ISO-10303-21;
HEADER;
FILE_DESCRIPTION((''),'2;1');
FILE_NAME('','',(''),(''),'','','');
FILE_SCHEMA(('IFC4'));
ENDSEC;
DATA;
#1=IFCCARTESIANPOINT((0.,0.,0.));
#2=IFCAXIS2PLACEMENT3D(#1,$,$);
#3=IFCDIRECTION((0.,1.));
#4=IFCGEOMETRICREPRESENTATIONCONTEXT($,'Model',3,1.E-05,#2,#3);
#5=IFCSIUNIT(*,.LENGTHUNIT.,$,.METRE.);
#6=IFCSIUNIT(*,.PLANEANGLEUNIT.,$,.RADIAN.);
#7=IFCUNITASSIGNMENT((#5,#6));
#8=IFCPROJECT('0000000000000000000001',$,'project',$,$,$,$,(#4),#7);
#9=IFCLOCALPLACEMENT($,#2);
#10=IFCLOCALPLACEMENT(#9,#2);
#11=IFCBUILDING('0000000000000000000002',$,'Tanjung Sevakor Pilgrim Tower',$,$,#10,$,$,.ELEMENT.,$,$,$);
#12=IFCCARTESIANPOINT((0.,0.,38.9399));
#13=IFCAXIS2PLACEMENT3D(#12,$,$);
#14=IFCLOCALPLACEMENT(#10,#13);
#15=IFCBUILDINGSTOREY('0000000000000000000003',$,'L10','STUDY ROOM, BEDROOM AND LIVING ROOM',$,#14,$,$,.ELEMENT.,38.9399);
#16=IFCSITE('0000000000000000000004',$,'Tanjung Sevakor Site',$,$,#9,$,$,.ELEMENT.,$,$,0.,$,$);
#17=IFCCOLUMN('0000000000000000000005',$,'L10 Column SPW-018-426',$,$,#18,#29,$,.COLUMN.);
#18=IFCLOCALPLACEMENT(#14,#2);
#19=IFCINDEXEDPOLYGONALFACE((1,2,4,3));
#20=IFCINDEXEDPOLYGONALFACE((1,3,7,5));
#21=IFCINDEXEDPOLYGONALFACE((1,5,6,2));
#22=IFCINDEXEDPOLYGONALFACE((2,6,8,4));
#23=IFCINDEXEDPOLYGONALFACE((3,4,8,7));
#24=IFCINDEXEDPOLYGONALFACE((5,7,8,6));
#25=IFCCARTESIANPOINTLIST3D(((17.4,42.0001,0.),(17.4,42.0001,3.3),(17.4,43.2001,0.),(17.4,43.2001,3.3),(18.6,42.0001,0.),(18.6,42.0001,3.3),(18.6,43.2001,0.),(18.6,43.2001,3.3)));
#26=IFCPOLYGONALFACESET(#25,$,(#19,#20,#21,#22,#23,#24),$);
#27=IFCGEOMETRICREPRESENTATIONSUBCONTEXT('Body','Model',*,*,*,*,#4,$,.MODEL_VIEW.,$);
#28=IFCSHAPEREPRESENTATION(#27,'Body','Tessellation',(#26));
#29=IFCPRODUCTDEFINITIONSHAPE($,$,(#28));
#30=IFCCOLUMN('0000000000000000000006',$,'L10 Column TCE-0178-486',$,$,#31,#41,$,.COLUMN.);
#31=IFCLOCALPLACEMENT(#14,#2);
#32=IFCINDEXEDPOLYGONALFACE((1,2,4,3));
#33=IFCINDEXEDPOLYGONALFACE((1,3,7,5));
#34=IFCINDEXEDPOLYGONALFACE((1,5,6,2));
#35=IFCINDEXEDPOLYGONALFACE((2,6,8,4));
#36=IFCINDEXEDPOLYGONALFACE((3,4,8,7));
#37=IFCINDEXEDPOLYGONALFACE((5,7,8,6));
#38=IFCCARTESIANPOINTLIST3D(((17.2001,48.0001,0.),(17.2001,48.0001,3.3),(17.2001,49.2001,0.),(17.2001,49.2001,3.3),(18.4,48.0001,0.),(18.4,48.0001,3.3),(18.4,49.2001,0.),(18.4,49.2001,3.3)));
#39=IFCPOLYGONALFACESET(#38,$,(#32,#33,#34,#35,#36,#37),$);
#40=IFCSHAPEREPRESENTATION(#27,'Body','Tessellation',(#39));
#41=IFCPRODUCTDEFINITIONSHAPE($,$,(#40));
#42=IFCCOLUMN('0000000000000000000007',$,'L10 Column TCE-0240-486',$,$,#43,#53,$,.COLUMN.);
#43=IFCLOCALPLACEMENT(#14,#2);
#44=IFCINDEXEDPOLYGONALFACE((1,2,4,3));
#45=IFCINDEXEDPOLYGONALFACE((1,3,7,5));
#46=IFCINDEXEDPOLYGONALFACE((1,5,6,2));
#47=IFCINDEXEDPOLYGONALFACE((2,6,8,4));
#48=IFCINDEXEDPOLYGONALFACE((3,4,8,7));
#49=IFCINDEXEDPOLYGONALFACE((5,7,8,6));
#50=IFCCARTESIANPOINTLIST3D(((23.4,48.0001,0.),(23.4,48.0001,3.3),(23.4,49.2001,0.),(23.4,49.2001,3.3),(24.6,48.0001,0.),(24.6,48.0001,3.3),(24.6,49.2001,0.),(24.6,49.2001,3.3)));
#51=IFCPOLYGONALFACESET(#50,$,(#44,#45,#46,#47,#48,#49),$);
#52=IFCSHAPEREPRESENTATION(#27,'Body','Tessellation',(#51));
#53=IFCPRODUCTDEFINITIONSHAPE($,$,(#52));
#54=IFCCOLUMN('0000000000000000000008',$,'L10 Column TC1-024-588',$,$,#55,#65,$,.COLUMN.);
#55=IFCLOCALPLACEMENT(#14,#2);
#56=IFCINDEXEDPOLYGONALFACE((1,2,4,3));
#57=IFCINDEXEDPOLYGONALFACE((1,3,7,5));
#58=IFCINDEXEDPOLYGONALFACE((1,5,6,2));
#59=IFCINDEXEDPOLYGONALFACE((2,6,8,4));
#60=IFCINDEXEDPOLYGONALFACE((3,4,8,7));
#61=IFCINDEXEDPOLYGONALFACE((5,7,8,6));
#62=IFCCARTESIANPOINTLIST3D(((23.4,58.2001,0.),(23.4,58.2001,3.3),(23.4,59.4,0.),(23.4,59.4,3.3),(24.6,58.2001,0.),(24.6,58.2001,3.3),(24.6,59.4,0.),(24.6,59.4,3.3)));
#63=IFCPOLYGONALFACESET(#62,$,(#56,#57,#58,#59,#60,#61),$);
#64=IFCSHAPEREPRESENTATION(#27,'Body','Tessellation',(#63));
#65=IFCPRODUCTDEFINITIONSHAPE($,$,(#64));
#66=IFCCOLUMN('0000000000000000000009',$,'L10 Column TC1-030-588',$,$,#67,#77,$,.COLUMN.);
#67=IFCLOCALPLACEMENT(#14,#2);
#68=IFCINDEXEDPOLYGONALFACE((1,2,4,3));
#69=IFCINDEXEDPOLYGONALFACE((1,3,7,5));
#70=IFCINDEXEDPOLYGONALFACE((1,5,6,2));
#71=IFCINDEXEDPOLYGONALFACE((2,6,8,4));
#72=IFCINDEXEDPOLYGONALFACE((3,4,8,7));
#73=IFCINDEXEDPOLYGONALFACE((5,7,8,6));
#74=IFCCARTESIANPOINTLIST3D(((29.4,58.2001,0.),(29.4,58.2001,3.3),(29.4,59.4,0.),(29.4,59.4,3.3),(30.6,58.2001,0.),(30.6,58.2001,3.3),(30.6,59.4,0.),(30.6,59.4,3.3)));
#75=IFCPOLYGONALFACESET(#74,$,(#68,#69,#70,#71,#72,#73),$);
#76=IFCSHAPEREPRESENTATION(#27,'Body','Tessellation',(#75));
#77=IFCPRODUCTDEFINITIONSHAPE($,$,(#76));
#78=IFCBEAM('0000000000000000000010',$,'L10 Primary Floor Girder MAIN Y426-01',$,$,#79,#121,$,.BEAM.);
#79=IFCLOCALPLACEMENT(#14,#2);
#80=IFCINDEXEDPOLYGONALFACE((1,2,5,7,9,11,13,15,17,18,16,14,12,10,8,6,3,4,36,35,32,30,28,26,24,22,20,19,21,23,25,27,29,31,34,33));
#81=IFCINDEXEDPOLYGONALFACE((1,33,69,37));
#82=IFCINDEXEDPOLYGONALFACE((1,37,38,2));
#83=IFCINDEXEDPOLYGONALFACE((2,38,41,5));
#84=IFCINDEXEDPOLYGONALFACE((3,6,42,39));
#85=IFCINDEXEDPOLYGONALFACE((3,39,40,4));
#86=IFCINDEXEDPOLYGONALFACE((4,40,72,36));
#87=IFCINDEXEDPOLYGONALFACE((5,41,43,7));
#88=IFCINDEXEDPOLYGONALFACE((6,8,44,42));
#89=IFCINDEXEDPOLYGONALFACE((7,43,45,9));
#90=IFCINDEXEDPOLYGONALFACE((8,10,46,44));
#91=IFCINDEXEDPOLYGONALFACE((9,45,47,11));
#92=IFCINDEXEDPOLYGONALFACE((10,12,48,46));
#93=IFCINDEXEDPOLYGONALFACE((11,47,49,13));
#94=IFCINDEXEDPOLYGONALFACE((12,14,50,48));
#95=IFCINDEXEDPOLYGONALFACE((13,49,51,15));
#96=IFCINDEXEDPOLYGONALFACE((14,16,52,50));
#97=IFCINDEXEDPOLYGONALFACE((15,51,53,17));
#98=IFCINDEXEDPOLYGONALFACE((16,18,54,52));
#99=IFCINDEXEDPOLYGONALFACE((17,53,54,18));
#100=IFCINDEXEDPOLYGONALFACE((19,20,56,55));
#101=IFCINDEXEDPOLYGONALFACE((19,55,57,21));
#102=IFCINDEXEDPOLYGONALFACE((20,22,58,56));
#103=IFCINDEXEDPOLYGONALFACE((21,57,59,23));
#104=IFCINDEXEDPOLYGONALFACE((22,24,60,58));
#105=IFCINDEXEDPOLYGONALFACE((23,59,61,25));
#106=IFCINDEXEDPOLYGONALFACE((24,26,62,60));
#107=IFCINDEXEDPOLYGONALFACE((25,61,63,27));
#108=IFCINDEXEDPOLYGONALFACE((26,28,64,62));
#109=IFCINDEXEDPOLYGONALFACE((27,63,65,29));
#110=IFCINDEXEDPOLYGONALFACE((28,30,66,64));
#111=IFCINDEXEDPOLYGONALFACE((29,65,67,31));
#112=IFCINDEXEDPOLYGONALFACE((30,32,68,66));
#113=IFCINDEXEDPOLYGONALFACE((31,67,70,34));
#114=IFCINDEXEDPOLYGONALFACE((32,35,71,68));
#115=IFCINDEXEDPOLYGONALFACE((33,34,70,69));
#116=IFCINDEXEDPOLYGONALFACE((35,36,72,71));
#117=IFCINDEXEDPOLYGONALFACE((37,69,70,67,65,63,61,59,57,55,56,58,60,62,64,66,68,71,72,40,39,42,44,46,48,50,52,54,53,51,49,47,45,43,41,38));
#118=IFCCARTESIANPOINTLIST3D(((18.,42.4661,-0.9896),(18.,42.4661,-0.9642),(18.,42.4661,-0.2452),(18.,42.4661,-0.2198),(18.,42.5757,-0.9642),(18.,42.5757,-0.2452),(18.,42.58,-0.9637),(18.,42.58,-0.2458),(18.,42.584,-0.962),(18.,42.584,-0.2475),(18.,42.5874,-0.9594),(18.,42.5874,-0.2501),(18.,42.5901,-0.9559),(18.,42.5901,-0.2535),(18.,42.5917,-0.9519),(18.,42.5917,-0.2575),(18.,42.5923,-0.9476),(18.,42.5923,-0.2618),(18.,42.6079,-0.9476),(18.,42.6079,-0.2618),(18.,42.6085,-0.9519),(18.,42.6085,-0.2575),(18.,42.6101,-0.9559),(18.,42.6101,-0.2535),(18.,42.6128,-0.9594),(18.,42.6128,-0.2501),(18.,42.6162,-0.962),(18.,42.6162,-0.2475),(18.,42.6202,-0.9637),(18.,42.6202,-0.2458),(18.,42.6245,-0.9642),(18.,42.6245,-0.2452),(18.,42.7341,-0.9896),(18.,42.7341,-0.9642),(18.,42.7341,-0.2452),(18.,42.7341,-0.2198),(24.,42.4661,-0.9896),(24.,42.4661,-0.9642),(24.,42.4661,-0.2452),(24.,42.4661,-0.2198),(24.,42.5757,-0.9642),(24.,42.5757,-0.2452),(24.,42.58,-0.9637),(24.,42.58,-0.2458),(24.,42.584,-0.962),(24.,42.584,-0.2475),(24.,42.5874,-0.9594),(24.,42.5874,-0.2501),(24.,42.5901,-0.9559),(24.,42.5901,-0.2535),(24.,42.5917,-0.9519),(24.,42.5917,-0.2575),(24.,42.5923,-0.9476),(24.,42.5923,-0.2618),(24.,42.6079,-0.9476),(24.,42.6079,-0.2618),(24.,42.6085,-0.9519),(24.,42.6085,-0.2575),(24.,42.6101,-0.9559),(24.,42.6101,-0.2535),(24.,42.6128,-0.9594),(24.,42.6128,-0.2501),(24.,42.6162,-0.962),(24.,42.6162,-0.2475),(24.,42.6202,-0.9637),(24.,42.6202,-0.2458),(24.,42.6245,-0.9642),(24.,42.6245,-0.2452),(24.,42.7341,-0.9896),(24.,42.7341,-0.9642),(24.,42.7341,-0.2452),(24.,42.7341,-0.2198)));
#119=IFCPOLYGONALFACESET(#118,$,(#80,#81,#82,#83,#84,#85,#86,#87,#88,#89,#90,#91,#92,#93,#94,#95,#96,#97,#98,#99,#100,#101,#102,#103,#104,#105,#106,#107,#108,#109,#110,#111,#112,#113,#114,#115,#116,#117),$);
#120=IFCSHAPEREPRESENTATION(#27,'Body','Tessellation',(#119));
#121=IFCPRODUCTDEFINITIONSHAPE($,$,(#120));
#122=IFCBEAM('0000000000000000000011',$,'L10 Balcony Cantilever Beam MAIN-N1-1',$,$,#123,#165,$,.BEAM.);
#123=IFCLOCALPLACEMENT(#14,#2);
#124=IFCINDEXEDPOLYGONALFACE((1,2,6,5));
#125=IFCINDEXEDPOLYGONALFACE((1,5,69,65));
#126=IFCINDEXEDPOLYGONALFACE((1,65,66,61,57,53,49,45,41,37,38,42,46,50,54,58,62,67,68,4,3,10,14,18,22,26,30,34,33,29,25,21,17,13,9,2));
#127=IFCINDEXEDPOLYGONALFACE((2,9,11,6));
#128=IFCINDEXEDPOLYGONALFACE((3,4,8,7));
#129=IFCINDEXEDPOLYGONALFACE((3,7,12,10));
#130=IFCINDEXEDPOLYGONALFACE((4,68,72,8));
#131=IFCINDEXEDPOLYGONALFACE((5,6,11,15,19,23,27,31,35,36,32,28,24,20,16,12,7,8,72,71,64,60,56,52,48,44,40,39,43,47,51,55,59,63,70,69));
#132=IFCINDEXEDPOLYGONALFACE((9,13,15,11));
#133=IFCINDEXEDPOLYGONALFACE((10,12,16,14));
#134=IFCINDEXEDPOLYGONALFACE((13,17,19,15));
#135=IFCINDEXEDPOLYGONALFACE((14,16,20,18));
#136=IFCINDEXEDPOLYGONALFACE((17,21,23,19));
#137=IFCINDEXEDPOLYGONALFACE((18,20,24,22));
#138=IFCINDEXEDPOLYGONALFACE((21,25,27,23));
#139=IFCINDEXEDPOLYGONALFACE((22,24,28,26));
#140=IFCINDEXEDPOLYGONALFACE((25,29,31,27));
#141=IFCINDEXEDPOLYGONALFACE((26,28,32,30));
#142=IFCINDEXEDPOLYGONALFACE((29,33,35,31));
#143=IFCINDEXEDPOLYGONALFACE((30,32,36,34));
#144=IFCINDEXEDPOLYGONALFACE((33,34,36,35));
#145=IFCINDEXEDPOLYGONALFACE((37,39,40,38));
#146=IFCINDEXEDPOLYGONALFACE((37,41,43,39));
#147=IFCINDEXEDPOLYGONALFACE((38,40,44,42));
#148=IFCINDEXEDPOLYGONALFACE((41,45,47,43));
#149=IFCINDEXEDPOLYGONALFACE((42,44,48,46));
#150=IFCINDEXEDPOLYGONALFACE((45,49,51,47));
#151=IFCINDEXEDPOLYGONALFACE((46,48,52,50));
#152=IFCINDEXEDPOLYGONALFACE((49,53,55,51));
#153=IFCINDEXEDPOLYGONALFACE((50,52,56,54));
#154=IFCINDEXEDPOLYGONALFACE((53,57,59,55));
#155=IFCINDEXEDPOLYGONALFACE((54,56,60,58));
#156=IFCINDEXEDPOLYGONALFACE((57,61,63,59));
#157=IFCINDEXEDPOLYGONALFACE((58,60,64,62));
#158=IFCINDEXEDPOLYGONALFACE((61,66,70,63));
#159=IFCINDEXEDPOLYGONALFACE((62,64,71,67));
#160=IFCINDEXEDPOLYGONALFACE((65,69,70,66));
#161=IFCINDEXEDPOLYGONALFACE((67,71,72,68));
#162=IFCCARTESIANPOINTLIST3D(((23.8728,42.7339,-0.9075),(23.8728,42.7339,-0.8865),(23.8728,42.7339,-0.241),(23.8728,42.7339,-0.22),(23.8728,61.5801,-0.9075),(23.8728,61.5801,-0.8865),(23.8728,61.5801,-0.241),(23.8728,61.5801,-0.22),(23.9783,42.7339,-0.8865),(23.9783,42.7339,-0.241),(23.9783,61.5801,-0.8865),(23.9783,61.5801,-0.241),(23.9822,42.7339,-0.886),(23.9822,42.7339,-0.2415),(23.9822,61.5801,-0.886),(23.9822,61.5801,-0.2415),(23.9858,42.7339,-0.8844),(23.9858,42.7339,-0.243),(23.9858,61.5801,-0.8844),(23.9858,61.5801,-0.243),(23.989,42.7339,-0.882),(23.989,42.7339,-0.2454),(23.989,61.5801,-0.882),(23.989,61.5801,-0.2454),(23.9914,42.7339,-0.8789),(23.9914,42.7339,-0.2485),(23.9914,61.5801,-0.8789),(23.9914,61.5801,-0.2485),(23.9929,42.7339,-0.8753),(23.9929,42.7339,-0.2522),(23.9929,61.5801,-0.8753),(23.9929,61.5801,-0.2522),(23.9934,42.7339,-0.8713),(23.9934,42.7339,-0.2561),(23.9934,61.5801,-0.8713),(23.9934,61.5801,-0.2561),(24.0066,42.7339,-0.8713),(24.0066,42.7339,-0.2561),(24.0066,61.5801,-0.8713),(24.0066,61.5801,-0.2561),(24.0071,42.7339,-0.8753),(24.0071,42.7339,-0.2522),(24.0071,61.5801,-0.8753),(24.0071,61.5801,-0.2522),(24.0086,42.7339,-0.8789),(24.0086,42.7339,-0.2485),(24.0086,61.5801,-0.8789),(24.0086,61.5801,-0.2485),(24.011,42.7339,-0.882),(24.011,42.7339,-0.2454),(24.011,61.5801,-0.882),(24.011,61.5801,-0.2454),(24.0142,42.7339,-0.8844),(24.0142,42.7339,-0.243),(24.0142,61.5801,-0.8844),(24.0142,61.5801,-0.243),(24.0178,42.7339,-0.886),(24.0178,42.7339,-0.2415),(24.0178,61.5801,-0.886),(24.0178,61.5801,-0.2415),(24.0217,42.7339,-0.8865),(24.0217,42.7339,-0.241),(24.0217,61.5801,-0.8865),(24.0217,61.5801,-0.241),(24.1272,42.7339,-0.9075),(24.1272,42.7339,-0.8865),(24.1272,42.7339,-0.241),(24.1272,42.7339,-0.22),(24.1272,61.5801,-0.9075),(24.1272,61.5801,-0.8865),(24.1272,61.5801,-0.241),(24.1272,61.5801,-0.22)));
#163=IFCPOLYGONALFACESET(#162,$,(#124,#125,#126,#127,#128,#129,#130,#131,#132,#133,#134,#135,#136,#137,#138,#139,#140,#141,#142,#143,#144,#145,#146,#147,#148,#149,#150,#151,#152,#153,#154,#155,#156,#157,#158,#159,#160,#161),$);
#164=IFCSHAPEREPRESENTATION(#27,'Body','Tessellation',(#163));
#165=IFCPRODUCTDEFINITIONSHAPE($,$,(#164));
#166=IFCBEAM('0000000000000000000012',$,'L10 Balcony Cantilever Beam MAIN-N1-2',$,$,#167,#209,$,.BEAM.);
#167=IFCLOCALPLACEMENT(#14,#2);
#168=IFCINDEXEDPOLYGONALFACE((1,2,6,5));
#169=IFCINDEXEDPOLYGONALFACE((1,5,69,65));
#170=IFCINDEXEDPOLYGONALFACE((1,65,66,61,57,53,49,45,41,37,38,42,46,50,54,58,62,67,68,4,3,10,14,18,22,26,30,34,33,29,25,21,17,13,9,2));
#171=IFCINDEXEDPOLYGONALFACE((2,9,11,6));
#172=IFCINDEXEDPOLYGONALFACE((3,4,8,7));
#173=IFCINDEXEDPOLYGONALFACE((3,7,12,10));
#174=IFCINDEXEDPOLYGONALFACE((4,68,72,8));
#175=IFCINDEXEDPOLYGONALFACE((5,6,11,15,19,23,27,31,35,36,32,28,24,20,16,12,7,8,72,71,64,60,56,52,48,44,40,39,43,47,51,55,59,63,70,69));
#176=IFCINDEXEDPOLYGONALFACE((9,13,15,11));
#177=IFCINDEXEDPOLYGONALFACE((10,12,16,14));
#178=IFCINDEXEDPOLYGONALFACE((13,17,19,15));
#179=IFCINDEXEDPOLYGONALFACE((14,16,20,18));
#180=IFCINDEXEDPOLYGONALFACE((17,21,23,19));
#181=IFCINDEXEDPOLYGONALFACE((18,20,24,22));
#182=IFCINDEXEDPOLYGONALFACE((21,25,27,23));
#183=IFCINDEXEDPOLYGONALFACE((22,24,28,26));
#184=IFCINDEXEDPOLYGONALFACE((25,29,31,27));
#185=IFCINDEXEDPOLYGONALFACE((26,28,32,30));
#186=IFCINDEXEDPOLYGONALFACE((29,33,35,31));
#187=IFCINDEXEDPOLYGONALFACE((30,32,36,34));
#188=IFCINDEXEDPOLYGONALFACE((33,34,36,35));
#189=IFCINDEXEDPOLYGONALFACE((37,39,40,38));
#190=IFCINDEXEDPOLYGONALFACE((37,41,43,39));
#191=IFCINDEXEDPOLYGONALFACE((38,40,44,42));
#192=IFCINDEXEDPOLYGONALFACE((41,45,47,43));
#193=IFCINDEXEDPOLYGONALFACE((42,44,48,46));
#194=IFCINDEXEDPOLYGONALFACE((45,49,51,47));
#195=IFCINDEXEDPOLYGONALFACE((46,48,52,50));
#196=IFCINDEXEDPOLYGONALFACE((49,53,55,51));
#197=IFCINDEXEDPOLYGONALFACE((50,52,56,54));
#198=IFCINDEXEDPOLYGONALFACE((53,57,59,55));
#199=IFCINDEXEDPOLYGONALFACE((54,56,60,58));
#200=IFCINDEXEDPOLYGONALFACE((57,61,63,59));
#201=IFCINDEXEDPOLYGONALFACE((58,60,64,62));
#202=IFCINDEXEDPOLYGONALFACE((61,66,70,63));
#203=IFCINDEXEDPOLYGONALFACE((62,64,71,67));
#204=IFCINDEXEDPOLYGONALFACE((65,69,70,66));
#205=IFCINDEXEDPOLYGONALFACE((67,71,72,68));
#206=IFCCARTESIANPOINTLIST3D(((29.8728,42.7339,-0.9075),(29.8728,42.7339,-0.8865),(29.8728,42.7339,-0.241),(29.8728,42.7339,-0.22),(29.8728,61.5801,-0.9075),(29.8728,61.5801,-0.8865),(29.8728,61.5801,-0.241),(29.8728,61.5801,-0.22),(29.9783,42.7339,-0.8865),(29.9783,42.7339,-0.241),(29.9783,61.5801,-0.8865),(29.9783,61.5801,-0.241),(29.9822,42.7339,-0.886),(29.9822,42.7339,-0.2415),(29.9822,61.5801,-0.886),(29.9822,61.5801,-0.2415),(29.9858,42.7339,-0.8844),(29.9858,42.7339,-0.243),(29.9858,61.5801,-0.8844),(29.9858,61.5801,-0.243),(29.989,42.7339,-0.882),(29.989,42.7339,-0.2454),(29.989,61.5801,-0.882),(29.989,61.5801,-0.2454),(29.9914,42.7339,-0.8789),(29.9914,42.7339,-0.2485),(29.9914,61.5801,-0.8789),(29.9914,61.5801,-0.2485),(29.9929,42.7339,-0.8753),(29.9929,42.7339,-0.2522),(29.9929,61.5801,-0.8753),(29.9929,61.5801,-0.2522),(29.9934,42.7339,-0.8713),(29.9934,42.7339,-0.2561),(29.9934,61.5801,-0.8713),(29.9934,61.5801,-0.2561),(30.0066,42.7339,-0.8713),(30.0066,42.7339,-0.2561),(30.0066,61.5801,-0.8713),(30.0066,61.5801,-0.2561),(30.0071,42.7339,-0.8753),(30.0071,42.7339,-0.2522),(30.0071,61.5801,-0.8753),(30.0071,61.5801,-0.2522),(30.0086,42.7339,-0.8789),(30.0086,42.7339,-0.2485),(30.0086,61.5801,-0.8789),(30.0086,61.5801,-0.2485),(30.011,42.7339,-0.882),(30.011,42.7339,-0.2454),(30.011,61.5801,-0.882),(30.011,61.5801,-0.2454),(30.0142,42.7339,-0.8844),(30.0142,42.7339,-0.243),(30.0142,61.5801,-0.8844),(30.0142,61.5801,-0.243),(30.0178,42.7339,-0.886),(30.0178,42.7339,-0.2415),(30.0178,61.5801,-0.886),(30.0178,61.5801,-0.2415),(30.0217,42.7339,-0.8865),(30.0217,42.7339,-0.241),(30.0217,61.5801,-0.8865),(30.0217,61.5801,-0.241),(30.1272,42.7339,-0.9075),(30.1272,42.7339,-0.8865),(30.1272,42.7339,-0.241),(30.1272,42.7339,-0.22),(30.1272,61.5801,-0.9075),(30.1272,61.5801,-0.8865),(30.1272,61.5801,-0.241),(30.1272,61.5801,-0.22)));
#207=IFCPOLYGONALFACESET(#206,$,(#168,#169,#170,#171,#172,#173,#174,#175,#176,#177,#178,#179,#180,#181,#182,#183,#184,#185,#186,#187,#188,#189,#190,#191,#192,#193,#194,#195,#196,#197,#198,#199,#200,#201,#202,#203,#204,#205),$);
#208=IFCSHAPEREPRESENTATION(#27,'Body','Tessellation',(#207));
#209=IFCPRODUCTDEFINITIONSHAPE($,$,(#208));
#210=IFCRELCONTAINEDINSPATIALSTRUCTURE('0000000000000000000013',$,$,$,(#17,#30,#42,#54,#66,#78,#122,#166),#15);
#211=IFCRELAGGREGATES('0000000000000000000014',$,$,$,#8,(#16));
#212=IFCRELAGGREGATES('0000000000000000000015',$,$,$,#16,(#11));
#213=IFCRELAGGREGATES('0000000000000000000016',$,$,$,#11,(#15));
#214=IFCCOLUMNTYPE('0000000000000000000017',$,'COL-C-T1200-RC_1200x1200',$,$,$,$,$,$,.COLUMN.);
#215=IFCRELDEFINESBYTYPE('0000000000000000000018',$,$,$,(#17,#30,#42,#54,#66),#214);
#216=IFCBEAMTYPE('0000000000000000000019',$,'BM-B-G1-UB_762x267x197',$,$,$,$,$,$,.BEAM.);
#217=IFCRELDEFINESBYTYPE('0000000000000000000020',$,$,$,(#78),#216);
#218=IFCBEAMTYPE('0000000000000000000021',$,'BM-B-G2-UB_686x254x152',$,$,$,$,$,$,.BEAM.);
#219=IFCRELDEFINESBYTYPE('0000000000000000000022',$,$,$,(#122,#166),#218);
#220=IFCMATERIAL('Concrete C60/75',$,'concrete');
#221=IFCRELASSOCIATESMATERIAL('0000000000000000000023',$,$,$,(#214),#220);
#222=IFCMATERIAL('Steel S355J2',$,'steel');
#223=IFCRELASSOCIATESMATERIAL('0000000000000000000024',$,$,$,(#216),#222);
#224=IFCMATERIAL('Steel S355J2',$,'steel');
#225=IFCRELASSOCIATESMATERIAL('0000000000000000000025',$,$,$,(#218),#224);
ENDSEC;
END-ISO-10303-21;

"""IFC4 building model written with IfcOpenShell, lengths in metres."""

from ifc_helpers import new_model, si_unit, direction, frame, origin, origin_2d, place, context, subcontext, project, spatial, rectangle, i_section, extrude, material, material_profile, profile_set, type_object, element, save


model = new_model("IFC4")

# Units and contexts
model_context = context("Model", 3, precision=1e-05, world=origin(), true_north=direction((0.0, 1.0)))
body_context = subcontext(model_context, "Body", "Model", "MODEL_VIEW")
ifc_project = project(units=[si_unit("LENGTHUNIT", "METRE"), si_unit("PLANEANGLEUNIT", "RADIAN")], contexts=[model_context])

# Site, building, storey
site_placement = place(None, origin())
site = spatial("IfcSite", under=ifc_project, at=site_placement, Name="Tanjung Sevakor Site", CompositionType="ELEMENT", RefElevation=0.0)
building_placement = place(site_placement, origin())
building = spatial("IfcBuilding", under=site, at=building_placement, Name="Tanjung Sevakor Pilgrim Tower", CompositionType="ELEMENT")
storey_placement = place(building_placement, frame((0.0, 0.0, 38.9399)))
storey = spatial("IfcBuildingStorey", under=building, at=storey_placement, Name="L10", Description="STUDY ROOM, BEDROOM AND LIVING ROOM", CompositionType="ELEMENT", Elevation=38.9399)

# Columns
ifc_material_1 = material(Name="Concrete C60/75", Category="concrete")
ifc_material_profile_1 = material_profile(ifc_material_1, rectangle(XDim=1.2, YDim=1.2, at=origin_2d()))
ifc_profile_set_1 = profile_set([ifc_material_profile_1], Name="Concrete C60/75")
column_type = type_object("IfcColumnType", Name="COL-C-T1200-RC_1200x1200", PredefinedType="COLUMN", material=ifc_profile_set_1)
for number, where, z_axis, x_axis, name in (
    (1, (18.0, 42.6001, 0.0), (0.0, 0.0, 1.0), (1.0, 0.0, 0.0), "L10 Column SPW-018-426"),
    (2, (17.8, 48.6001, 0.0), (0.0, 0.0, 1.0), (1.0, 0.0, 0.0), "L10 Column TCE-0178-486"),
    (3, (24.0, 48.6001, 0.0), (0.0, 0.0, 1.0), (1.0, 0.0, 0.0), "L10 Column TCE-0240-486"),
    (4, (24.0, 58.8, 0.0), (0.0, 0.0, 1.0), (1.0, 0.0, 0.0), "L10 Column TC1-024-588"),
    (5, (30.0, 58.8, 0.0), (0.0, 0.0, 1.0), (1.0, 0.0, 0.0), "L10 Column TC1-030-588"),
):
    element("IfcColumn", number, at=place(storey_placement, frame(where, z_axis=z_axis, x_axis=x_axis)), inside=storey, type_object=column_type, Name=name, PredefinedType="COLUMN", context=body_context, shape_type="SweptSolid", body=[
        extrude(rectangle(XDim=1.2, YDim=1.2, at=origin_2d()), origin(), (0.0, 0.0, 1.0), 3.3),
    ])

# Beams
ifc_material_2 = material(Name="Steel S355J2", Category="steel")
ifc_material_profile_2 = material_profile(ifc_material_2, i_section(OverallWidth=0.2681, OverallDepth=0.7698, WebThickness=0.0156, FlangeThickness=0.0254, FilletRadius=0.0166, at=origin_2d()))
ifc_profile_set_2 = profile_set([ifc_material_profile_2], Name="Steel S355J2")
beam_type_1 = type_object("IfcBeamType", Name="BM-B-G1-UB_762x267x197", PredefinedType="BEAM", material=ifc_profile_set_2)
beam_1_placement = place(storey_placement, frame((18.0, 42.6001, -0.6047), z_axis=(1.0, 0.0, 0.0), x_axis=(0.0, 1.0, 0.0)))
element("IfcBeam", 6, at=beam_1_placement, inside=storey, type_object=beam_type_1, Name="L10 Primary Floor Girder MAIN Y426-01", PredefinedType="BEAM", context=body_context, shape_type="SweptSolid", body=[
    extrude(i_section(OverallWidth=0.2681, OverallDepth=0.7698, WebThickness=0.0156, FlangeThickness=0.0254, FilletRadius=0.0166, at=origin_2d()), origin(), (0.0, 0.0, 1.0), 6.0),
])
ifc_material_3 = material(Name="Steel S355J2", Category="steel")
ifc_material_profile_3 = material_profile(ifc_material_3, i_section(OverallWidth=0.2544, OverallDepth=0.6875, WebThickness=0.0132, FlangeThickness=0.021, FilletRadius=0.0151, at=origin_2d()))
ifc_profile_set_3 = profile_set([ifc_material_profile_3], Name="Steel S355J2")
beam_type_2 = type_object("IfcBeamType", Name="BM-B-G2-UB_686x254x152", PredefinedType="BEAM", material=ifc_profile_set_3)
for number, where, z_axis, x_axis, name in (
    (7, (24.0, 42.7339, -0.5637), (0.0, 1.0, 0.0), (-1.0, 0.0, 0.0), "L10 Balcony Cantilever Beam MAIN-N1-1"),
    (8, (30.0, 42.7339, -0.5637), (0.0, 1.0, 0.0), (-1.0, 0.0, 0.0), "L10 Balcony Cantilever Beam MAIN-N1-2"),
):
    element("IfcBeam", number, at=place(storey_placement, frame(where, z_axis=z_axis, x_axis=x_axis)), inside=storey, type_object=beam_type_2, Name=name, PredefinedType="BEAM", context=body_context, shape_type="SweptSolid", body=[
        extrude(i_section(OverallWidth=0.2544, OverallDepth=0.6875, WebThickness=0.0132, FlangeThickness=0.021, FilletRadius=0.0151, at=origin_2d()), origin(), (0.0, 0.0, 1.0), 18.8462),
    ])

save(model, "model.ifc")
